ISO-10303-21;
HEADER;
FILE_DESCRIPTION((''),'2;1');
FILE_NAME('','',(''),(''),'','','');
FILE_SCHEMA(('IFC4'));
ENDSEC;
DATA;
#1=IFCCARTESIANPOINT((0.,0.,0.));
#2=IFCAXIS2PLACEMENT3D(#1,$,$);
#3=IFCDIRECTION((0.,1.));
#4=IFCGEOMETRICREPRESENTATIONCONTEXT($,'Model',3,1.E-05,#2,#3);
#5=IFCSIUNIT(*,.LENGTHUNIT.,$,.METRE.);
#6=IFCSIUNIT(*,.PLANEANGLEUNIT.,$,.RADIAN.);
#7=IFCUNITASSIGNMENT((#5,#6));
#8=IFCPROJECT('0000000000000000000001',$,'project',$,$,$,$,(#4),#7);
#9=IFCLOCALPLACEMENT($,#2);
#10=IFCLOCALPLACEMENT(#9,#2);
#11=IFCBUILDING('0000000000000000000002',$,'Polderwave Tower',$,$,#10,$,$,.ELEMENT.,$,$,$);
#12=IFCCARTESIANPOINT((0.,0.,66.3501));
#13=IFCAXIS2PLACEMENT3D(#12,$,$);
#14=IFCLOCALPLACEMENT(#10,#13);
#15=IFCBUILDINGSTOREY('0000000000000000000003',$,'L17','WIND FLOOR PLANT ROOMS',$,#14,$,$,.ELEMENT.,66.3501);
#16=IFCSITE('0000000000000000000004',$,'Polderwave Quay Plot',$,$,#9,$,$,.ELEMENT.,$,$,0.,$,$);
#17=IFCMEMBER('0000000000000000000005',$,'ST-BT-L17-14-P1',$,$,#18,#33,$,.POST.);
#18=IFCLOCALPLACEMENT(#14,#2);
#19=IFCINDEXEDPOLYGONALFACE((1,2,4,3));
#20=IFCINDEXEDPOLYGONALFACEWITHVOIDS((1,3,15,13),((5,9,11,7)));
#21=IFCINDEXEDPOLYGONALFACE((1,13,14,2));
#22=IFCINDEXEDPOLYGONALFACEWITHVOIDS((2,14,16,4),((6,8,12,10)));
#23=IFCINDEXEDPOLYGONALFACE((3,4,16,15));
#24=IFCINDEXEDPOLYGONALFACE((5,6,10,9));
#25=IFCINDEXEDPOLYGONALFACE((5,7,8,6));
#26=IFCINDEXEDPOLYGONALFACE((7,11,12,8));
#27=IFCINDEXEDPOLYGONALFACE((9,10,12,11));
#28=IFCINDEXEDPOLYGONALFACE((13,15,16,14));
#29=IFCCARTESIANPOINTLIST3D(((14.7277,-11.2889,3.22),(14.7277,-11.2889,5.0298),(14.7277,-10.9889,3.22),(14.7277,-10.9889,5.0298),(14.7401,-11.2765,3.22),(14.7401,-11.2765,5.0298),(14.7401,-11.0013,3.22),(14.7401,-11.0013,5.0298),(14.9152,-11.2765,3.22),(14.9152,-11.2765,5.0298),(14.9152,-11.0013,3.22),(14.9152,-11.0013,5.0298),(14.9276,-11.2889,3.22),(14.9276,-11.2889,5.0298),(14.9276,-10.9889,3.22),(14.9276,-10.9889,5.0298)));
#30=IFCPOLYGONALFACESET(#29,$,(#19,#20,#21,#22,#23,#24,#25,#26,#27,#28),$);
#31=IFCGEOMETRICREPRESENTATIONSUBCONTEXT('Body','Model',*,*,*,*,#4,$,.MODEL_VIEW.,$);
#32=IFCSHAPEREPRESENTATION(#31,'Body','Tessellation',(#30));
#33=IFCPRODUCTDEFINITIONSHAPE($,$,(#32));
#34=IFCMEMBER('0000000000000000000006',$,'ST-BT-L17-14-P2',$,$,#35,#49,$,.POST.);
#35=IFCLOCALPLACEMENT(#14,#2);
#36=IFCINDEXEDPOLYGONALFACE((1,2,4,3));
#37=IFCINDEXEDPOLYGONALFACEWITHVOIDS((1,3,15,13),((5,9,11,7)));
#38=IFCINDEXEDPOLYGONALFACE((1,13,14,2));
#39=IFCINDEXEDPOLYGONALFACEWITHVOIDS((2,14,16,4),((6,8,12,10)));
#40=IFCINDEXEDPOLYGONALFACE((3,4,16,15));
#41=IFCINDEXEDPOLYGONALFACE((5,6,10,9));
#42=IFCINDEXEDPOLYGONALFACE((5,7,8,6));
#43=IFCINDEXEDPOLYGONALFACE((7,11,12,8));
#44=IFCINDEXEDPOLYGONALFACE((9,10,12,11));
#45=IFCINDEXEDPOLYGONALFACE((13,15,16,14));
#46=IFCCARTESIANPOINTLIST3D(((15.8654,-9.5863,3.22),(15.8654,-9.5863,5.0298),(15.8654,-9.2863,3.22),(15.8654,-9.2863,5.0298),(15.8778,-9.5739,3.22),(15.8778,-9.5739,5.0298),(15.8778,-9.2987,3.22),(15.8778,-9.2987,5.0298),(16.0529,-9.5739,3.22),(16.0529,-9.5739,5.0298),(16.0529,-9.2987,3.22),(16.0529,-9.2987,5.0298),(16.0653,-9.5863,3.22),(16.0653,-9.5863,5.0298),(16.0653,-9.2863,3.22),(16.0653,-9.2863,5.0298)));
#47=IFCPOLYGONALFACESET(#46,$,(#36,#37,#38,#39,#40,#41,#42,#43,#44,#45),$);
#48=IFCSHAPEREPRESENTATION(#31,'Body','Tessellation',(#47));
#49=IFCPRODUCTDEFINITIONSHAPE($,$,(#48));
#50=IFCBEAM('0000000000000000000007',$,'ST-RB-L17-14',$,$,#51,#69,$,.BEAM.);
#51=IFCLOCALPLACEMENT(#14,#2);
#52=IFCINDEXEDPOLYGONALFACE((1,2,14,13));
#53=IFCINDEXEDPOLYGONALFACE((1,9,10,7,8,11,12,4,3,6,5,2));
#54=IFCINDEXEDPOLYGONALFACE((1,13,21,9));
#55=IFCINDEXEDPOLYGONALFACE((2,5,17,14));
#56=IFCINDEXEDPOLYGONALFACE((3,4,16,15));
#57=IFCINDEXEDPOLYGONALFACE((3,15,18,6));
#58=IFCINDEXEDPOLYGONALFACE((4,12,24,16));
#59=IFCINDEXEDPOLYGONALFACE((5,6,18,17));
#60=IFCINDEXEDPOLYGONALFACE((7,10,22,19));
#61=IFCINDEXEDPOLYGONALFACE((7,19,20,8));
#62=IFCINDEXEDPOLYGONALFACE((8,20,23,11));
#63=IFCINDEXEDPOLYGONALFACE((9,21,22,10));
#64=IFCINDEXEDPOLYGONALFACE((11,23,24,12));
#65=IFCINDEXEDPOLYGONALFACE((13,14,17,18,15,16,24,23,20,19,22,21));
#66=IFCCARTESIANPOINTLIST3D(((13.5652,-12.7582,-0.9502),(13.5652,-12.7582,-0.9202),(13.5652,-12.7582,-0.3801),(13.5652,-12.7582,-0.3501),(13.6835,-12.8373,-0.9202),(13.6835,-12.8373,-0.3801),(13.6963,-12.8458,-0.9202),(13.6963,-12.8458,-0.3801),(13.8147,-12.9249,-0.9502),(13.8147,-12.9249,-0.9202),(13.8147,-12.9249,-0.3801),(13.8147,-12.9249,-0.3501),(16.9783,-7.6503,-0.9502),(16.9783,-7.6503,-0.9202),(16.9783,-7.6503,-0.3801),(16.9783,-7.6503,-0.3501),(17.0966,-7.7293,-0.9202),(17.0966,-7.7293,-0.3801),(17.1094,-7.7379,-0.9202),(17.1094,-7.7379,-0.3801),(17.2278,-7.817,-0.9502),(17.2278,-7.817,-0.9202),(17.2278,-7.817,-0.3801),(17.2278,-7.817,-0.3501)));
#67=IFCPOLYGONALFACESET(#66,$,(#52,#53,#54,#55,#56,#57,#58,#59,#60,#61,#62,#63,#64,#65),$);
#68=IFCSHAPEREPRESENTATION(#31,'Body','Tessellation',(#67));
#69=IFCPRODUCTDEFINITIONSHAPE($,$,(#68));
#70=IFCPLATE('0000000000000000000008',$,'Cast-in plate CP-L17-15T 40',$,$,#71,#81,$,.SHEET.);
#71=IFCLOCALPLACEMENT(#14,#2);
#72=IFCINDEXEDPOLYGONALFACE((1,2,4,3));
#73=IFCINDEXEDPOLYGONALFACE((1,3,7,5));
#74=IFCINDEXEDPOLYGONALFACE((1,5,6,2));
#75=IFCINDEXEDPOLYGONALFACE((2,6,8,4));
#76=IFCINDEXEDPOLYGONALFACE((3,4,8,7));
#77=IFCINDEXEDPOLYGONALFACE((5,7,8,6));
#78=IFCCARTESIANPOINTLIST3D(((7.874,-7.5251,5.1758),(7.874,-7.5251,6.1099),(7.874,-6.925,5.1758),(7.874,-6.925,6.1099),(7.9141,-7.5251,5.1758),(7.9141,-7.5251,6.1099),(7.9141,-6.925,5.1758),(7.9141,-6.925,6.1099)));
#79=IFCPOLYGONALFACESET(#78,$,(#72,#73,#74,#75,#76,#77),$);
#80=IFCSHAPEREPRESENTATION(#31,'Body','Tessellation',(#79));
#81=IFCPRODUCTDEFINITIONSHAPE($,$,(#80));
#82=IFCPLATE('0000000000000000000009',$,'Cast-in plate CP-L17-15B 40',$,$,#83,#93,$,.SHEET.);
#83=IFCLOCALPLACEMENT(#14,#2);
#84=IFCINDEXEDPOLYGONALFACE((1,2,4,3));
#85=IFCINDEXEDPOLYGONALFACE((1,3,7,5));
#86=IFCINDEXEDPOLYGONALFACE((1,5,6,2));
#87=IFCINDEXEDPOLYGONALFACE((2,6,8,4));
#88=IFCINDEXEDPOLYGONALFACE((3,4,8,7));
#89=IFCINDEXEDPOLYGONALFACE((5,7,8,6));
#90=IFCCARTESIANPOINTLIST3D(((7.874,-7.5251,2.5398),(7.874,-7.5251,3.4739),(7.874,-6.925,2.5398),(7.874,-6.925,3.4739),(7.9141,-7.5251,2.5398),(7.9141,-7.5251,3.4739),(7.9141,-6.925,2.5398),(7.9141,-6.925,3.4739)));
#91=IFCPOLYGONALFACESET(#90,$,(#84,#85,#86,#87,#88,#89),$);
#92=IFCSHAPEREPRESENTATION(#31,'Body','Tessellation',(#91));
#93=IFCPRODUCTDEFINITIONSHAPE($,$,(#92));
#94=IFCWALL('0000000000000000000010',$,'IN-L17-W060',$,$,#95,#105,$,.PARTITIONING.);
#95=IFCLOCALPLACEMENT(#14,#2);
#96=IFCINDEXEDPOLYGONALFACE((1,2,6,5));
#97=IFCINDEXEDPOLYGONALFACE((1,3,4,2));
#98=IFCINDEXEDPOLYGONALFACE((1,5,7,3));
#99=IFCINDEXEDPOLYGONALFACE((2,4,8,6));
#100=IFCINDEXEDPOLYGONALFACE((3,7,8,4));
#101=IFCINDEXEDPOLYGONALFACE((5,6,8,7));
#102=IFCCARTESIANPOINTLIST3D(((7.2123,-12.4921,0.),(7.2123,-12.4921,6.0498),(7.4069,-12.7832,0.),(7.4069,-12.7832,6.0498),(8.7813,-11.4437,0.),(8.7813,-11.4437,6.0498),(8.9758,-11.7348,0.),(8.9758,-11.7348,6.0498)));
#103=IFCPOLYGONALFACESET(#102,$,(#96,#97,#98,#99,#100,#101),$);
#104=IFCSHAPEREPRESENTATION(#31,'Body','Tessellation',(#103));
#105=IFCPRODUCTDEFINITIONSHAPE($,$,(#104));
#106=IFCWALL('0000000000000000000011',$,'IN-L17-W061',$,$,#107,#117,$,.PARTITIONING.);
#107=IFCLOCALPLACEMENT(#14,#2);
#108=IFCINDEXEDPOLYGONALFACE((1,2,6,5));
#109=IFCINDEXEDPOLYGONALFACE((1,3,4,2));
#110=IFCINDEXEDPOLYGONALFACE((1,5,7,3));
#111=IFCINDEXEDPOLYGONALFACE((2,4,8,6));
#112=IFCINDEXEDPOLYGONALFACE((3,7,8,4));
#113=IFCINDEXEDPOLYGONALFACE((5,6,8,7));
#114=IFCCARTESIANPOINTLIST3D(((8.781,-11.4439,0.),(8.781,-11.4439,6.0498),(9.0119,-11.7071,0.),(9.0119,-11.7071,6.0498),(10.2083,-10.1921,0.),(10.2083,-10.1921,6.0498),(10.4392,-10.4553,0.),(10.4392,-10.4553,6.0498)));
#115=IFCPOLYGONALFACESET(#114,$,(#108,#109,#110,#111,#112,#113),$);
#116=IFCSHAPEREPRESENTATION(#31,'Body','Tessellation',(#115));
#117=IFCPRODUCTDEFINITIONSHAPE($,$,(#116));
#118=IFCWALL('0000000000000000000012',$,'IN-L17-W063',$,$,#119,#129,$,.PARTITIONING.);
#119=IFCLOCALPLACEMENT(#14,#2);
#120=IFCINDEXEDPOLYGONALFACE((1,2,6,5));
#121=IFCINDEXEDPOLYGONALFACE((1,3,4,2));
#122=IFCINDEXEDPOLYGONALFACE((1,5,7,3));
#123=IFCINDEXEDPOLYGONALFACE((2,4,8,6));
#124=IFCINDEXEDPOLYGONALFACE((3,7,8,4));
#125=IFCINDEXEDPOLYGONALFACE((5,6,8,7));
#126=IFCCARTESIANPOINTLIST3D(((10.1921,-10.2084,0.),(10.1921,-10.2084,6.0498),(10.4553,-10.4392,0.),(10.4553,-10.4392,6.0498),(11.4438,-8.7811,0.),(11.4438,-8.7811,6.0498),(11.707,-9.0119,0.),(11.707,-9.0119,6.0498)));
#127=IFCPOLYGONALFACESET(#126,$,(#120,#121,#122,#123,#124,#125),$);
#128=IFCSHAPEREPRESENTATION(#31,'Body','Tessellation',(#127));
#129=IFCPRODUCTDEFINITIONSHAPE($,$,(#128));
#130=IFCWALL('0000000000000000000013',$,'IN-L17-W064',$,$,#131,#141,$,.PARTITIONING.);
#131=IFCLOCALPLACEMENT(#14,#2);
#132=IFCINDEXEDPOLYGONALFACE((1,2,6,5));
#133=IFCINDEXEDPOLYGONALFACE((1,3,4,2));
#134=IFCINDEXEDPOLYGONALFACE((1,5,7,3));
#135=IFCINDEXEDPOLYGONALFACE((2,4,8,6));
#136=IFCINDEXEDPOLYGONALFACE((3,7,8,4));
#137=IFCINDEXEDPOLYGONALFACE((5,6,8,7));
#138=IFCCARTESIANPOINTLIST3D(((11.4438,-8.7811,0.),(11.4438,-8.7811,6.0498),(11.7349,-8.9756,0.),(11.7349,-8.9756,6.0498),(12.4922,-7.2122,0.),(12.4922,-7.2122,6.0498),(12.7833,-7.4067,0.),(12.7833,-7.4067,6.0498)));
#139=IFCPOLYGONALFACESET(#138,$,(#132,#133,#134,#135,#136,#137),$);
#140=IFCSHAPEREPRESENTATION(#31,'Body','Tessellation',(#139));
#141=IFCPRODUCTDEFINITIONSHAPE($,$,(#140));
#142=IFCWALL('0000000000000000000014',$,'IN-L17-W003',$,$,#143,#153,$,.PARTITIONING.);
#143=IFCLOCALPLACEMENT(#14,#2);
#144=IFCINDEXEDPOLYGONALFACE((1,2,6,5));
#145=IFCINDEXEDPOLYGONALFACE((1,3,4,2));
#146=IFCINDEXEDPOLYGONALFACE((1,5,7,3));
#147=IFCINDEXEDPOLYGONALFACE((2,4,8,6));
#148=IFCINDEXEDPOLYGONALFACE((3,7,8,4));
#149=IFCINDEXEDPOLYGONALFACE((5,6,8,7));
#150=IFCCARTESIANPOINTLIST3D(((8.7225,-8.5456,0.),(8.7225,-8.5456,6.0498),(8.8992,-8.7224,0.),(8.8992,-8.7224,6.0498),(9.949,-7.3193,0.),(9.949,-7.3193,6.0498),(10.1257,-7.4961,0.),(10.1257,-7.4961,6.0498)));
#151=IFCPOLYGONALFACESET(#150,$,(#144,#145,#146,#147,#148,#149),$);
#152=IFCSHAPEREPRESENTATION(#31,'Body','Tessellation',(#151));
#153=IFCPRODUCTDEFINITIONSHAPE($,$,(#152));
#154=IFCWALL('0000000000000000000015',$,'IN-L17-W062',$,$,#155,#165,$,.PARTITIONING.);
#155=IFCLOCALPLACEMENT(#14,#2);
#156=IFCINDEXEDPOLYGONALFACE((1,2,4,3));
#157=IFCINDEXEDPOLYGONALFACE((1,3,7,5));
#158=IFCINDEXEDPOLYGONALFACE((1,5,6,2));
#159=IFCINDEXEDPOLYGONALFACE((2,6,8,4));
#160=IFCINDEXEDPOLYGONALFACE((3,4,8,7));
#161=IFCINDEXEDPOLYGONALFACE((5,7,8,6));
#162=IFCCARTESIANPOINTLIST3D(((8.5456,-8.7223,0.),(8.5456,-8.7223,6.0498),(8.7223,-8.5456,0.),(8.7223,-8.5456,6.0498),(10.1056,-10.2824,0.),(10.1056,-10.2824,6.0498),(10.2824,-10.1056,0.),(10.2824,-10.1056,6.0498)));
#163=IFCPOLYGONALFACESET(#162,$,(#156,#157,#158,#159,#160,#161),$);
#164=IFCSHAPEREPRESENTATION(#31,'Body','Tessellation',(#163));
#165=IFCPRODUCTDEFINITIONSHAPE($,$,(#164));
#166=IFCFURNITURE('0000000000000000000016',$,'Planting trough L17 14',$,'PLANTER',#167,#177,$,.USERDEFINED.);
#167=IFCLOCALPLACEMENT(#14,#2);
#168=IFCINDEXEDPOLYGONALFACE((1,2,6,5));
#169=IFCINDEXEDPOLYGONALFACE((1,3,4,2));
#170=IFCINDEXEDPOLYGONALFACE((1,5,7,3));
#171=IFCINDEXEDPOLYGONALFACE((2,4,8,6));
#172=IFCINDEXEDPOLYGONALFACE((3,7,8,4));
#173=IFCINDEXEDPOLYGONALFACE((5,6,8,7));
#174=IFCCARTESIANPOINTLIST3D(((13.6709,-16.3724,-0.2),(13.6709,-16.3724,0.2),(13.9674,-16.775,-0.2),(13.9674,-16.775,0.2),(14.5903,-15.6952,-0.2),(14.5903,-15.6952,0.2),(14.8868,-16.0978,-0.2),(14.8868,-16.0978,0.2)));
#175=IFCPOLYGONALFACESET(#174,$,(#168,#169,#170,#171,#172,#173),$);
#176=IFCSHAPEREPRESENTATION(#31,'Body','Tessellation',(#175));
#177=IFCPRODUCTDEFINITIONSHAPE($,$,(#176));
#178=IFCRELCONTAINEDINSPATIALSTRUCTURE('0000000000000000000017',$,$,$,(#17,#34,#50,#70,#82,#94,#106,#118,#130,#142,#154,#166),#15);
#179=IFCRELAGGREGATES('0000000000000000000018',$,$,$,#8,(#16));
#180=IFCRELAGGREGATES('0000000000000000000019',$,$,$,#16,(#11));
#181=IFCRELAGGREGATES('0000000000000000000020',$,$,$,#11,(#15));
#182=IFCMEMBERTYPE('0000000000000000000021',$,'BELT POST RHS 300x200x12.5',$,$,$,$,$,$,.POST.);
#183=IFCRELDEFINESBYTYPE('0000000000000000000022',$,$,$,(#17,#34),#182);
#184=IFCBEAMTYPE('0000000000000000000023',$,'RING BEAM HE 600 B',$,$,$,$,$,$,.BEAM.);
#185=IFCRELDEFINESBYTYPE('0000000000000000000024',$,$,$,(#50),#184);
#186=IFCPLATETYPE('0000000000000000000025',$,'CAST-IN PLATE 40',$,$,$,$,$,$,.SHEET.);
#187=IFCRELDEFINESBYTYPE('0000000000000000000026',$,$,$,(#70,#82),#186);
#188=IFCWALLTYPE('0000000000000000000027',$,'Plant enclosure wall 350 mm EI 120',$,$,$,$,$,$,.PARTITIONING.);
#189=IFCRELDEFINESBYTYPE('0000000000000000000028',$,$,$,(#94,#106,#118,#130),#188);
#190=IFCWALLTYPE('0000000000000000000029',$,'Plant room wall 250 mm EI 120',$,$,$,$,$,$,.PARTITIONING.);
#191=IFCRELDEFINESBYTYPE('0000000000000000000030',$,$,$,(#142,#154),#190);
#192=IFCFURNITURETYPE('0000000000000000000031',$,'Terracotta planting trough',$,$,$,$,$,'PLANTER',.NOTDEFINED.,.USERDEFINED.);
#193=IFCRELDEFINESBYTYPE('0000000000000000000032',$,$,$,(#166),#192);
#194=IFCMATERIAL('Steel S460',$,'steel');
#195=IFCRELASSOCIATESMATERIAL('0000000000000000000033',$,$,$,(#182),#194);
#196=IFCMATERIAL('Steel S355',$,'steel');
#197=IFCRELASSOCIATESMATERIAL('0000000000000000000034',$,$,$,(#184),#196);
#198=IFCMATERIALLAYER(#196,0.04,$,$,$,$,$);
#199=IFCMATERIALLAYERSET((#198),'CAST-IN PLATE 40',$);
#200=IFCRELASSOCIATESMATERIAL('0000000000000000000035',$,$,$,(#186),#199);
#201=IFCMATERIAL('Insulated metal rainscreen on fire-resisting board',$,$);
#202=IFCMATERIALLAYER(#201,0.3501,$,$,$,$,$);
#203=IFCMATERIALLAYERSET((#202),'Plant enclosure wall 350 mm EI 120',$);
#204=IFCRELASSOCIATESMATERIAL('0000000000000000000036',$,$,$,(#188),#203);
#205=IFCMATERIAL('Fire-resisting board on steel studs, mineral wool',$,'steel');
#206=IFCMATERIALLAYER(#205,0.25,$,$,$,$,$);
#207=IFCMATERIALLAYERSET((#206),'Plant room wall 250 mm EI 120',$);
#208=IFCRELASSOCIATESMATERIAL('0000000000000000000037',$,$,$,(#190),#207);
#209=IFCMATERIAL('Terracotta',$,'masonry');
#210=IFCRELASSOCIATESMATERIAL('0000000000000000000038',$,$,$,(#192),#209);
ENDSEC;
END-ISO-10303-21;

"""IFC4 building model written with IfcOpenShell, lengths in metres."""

from ifc_helpers import new_model, si_unit, direction, frame, frame_2d, origin, origin_2d, place, context, subcontext, project, spatial, rectangle, hollow_rectangle, i_section, extrude, material, layer, layer_set, material_profile, profile_set, type_object, element, save


model = new_model("IFC4")

# Units and contexts
model_context = context("Model", 3, precision=1e-05, world=origin(), true_north=direction((0.0, 1.0)))
body_context = subcontext(model_context, "Body", "Model", "MODEL_VIEW")
ifc_project = project(units=[si_unit("LENGTHUNIT", "METRE"), si_unit("PLANEANGLEUNIT", "RADIAN")], contexts=[model_context])

# Site, building, storey
site_placement = place(None, origin())
site = spatial("IfcSite", under=ifc_project, at=site_placement, Name="Polderwave Quay Plot", CompositionType="ELEMENT", RefElevation=0.0)
building_placement = place(site_placement, origin())
building = spatial("IfcBuilding", under=site, at=building_placement, Name="Polderwave Tower", CompositionType="ELEMENT")
storey_placement = place(building_placement, frame((0.0, 0.0, 66.3501)))
storey = spatial("IfcBuildingStorey", under=building, at=storey_placement, Name="L17", Description="WIND FLOOR PLANT ROOMS", CompositionType="ELEMENT", Elevation=66.3501)

# Members
ifc_material_1 = material(Name="Steel S460", Category="steel")
ifc_material_profile_1 = material_profile(ifc_material_1, hollow_rectangle(XDim=0.2, YDim=0.3, WallThickness=0.0125, at=origin_2d()), Name="RHS 300x200x12.5")
ifc_profile_set_1 = profile_set([ifc_material_profile_1], Name="Steel S460")
member_type_1 = type_object("IfcMemberType", Name="BELT POST RHS 300x200x12.5", PredefinedType="POST", material=ifc_profile_set_1)
for number, where, z_axis, x_axis, name in (
    (1, (14.8276, -11.1389, 3.22), (0.0, 0.0, 1.0), (1.0, 0.0, 0.0), "ST-BT-L17-14-P1"),
    (2, (15.9653, -9.4363, 3.22), (0.0, 0.0, 1.0), (1.0, 0.0, 0.0), "ST-BT-L17-14-P2"),
):
    element("IfcMember", number, at=place(storey_placement, frame(where, z_axis=z_axis, x_axis=x_axis)), inside=storey, type_object=member_type_1, Name=name, PredefinedType="POST", context=body_context, shape_type="SweptSolid", body=[
        extrude(hollow_rectangle(XDim=0.2, YDim=0.3, WallThickness=0.0125, at=origin_2d()), origin(), (0.0, 0.0, 1.0), 1.8098),
    ])

# Beam
ifc_material_2 = material(Name="Steel S355", Category="steel")
ifc_material_profile_2 = material_profile(ifc_material_2, i_section(OverallWidth=0.3, OverallDepth=0.6001, WebThickness=0.0154, FlangeThickness=0.03, at=origin_2d()), Name="HE 600 B")
ifc_profile_set_2 = profile_set([ifc_material_profile_2], Name="Steel S355")
beam_type = type_object("IfcBeamType", Name="RING BEAM HE 600 B", PredefinedType="BEAM", material=ifc_profile_set_2)
beam_placement = place(storey_placement, frame((13.6899, -12.8416, -0.6501), z_axis=(0.55558, 0.831463, 0.0), x_axis=(-0.831463, 0.55558, 0.0)))
element("IfcBeam", 3, at=beam_placement, inside=storey, type_object=beam_type, Name="ST-RB-L17-14", PredefinedType="BEAM", context=body_context, shape_type="SweptSolid", body=[
    extrude(i_section(OverallWidth=0.3, OverallDepth=0.6001, WebThickness=0.0154, FlangeThickness=0.03, at=origin_2d()), origin(), (0.0, 0.0, 1.0), 6.1433),
])

# Plates
ifc_layer_1 = layer(ifc_material_2, 0.04)
ifc_layer_set_1 = layer_set([ifc_layer_1], Name="CAST-IN PLATE 40")
plate_type = type_object("IfcPlateType", Name="CAST-IN PLATE 40", PredefinedType="SHEET", material=ifc_layer_set_1)
for number, where, z_axis, x_axis, name in (
    (4, (7.894, -7.2251, 5.1758), (0.0, 0.0, 1.0), (1.0, 0.0, 0.0), "Cast-in plate CP-L17-15T 40"),
    (5, (7.894, -7.2251, 2.5398), (0.0, 0.0, 1.0), (1.0, 0.0, 0.0), "Cast-in plate CP-L17-15B 40"),
):
    element("IfcPlate", number, at=place(storey_placement, frame(where, z_axis=z_axis, x_axis=x_axis)), inside=storey, type_object=plate_type, Name=name, PredefinedType="SHEET", context=body_context, shape_type="SweptSolid", body=[
        extrude(rectangle(XDim=0.04, YDim=0.6001, at=origin_2d()), origin(), (0.0, 0.0, 1.0), 0.9341),
    ])

# Walls
ifc_material_3 = material(Name="Insulated metal rainscreen on fire-resisting board")
ifc_layer_2 = layer(ifc_material_3, 0.3501)
ifc_layer_set_2 = layer_set([ifc_layer_2], Name="Plant enclosure wall 350 mm EI 120")
wall_type_1 = type_object("IfcWallType", Name="Plant enclosure wall 350 mm EI 120", PredefinedType="PARTITIONING", material=ifc_layer_set_2)
wall_1_placement = place(storey_placement, frame((8.8784, -11.5894, 0.0), z_axis=(0.0, 0.0, 1.0), x_axis=(-0.831453, -0.555596, 0.0)))
element("IfcWall", 6, at=wall_1_placement, inside=storey, type_object=wall_type_1, Name="IN-L17-W060", PredefinedType="PARTITIONING", context=body_context, shape_type="SweptSolid", body=[
    extrude(rectangle(XDim=1.887, YDim=0.3501, at=frame_2d((0.9434, 0.0))), origin(), (0.0, 0.0, 1.0), 6.0498),
])
for number, where, z_axis, x_axis, name in (
    (7, (10.3237, -10.3237, 0.0), (0.0, 0.0, 1.0), (-0.751827, -0.65936, 0.0), "IN-L17-W061"),
    (8, (11.5754, -8.8965, 0.0), (0.0, 0.0, 1.0), (-0.65936, -0.751827, 0.0), "IN-L17-W063"),
):
    element("IfcWall", number, at=place(storey_placement, frame(where, z_axis=z_axis, x_axis=x_axis)), inside=storey, type_object=wall_type_1, Name=name, PredefinedType="PARTITIONING", context=body_context, shape_type="SweptSolid", body=[
        extrude(rectangle(XDim=1.8984, YDim=0.3501, at=frame_2d((0.9492, 0.0))), origin(), (0.0, 0.0, 1.0), 6.0498),
    ])
wall_2_placement = place(storey_placement, frame((12.6377, -7.3096, 0.0), z_axis=(0.0, 0.0, 1.0), x_axis=(-0.555596, -0.831453, 0.0)))
element("IfcWall", 9, at=wall_2_placement, inside=storey, type_object=wall_type_1, Name="IN-L17-W064", PredefinedType="PARTITIONING", context=body_context, shape_type="SweptSolid", body=[
    extrude(rectangle(XDim=1.887, YDim=0.3501, at=frame_2d((0.9434, 0.0))), origin(), (0.0, 0.0, 1.0), 6.0498),
])
ifc_material_4 = material(Name="Fire-resisting board on steel studs, mineral wool", Category="steel")
ifc_layer_3 = layer(ifc_material_4, 0.25)
ifc_layer_set_3 = layer_set([ifc_layer_3], Name="Plant room wall 250 mm EI 120")
wall_type_2 = type_object("IfcWallType", Name="Plant room wall 250 mm EI 120", PredefinedType="PARTITIONING", material=ifc_layer_set_3)
wall_3_placement = place(storey_placement, frame((10.0374, -7.4077, 0.0), z_axis=(0.0, 0.0, 1.0), x_axis=(-0.707177, -0.707036, 0.0)))
element("IfcWall", 10, at=wall_3_placement, inside=storey, type_object=wall_type_2, Name="IN-L17-W003", PredefinedType="PARTITIONING", context=body_context, shape_type="SweptSolid", body=[
    extrude(rectangle(XDim=1.7344, YDim=0.25, at=frame_2d((0.8672, 0.0))), origin(), (0.0, 0.0, 1.0), 6.0498),
])
wall_4_placement = place(storey_placement, frame((8.634, -8.634, 0.0), z_axis=(0.0, 0.0, 1.0), x_axis=(0.707107, -0.707107, 0.0)))
element("IfcWall", 11, at=wall_4_placement, inside=storey, type_object=wall_type_2, Name="IN-L17-W062", PredefinedType="PARTITIONING", context=body_context, shape_type="SweptSolid", body=[
    extrude(rectangle(XDim=2.2063, YDim=0.25, at=frame_2d((1.103, 0.0))), origin(), (0.0, 0.0, 1.0), 6.0498),
])

# Furniture
ifc_material_5 = material(Name="Terracotta", Category="masonry")
furniture_type = type_object("IfcFurnitureType", Name="Terracotta planting trough", ElementType="PLANTER", AssemblyPlace="NOTDEFINED", PredefinedType="USERDEFINED", material=ifc_material_5)
furniture_placement = place(storey_placement, frame((14.2788, -16.2351, -0.2), z_axis=(0.0, 0.0, 1.0), x_axis=(0.805191, 0.593016, 0.0)))
element("IfcFurniture", 12, at=furniture_placement, inside=storey, type_object=furniture_type, Name="Planting trough L17 14", ObjectType="PLANTER", PredefinedType="USERDEFINED", context=body_context, shape_type="SweptSolid", body=[
    extrude(rectangle(XDim=1.1418, YDim=0.5, at=origin_2d()), origin(), (0.0, 0.0, 1.0), 0.3999),
])

save(model, "model.ifc")
